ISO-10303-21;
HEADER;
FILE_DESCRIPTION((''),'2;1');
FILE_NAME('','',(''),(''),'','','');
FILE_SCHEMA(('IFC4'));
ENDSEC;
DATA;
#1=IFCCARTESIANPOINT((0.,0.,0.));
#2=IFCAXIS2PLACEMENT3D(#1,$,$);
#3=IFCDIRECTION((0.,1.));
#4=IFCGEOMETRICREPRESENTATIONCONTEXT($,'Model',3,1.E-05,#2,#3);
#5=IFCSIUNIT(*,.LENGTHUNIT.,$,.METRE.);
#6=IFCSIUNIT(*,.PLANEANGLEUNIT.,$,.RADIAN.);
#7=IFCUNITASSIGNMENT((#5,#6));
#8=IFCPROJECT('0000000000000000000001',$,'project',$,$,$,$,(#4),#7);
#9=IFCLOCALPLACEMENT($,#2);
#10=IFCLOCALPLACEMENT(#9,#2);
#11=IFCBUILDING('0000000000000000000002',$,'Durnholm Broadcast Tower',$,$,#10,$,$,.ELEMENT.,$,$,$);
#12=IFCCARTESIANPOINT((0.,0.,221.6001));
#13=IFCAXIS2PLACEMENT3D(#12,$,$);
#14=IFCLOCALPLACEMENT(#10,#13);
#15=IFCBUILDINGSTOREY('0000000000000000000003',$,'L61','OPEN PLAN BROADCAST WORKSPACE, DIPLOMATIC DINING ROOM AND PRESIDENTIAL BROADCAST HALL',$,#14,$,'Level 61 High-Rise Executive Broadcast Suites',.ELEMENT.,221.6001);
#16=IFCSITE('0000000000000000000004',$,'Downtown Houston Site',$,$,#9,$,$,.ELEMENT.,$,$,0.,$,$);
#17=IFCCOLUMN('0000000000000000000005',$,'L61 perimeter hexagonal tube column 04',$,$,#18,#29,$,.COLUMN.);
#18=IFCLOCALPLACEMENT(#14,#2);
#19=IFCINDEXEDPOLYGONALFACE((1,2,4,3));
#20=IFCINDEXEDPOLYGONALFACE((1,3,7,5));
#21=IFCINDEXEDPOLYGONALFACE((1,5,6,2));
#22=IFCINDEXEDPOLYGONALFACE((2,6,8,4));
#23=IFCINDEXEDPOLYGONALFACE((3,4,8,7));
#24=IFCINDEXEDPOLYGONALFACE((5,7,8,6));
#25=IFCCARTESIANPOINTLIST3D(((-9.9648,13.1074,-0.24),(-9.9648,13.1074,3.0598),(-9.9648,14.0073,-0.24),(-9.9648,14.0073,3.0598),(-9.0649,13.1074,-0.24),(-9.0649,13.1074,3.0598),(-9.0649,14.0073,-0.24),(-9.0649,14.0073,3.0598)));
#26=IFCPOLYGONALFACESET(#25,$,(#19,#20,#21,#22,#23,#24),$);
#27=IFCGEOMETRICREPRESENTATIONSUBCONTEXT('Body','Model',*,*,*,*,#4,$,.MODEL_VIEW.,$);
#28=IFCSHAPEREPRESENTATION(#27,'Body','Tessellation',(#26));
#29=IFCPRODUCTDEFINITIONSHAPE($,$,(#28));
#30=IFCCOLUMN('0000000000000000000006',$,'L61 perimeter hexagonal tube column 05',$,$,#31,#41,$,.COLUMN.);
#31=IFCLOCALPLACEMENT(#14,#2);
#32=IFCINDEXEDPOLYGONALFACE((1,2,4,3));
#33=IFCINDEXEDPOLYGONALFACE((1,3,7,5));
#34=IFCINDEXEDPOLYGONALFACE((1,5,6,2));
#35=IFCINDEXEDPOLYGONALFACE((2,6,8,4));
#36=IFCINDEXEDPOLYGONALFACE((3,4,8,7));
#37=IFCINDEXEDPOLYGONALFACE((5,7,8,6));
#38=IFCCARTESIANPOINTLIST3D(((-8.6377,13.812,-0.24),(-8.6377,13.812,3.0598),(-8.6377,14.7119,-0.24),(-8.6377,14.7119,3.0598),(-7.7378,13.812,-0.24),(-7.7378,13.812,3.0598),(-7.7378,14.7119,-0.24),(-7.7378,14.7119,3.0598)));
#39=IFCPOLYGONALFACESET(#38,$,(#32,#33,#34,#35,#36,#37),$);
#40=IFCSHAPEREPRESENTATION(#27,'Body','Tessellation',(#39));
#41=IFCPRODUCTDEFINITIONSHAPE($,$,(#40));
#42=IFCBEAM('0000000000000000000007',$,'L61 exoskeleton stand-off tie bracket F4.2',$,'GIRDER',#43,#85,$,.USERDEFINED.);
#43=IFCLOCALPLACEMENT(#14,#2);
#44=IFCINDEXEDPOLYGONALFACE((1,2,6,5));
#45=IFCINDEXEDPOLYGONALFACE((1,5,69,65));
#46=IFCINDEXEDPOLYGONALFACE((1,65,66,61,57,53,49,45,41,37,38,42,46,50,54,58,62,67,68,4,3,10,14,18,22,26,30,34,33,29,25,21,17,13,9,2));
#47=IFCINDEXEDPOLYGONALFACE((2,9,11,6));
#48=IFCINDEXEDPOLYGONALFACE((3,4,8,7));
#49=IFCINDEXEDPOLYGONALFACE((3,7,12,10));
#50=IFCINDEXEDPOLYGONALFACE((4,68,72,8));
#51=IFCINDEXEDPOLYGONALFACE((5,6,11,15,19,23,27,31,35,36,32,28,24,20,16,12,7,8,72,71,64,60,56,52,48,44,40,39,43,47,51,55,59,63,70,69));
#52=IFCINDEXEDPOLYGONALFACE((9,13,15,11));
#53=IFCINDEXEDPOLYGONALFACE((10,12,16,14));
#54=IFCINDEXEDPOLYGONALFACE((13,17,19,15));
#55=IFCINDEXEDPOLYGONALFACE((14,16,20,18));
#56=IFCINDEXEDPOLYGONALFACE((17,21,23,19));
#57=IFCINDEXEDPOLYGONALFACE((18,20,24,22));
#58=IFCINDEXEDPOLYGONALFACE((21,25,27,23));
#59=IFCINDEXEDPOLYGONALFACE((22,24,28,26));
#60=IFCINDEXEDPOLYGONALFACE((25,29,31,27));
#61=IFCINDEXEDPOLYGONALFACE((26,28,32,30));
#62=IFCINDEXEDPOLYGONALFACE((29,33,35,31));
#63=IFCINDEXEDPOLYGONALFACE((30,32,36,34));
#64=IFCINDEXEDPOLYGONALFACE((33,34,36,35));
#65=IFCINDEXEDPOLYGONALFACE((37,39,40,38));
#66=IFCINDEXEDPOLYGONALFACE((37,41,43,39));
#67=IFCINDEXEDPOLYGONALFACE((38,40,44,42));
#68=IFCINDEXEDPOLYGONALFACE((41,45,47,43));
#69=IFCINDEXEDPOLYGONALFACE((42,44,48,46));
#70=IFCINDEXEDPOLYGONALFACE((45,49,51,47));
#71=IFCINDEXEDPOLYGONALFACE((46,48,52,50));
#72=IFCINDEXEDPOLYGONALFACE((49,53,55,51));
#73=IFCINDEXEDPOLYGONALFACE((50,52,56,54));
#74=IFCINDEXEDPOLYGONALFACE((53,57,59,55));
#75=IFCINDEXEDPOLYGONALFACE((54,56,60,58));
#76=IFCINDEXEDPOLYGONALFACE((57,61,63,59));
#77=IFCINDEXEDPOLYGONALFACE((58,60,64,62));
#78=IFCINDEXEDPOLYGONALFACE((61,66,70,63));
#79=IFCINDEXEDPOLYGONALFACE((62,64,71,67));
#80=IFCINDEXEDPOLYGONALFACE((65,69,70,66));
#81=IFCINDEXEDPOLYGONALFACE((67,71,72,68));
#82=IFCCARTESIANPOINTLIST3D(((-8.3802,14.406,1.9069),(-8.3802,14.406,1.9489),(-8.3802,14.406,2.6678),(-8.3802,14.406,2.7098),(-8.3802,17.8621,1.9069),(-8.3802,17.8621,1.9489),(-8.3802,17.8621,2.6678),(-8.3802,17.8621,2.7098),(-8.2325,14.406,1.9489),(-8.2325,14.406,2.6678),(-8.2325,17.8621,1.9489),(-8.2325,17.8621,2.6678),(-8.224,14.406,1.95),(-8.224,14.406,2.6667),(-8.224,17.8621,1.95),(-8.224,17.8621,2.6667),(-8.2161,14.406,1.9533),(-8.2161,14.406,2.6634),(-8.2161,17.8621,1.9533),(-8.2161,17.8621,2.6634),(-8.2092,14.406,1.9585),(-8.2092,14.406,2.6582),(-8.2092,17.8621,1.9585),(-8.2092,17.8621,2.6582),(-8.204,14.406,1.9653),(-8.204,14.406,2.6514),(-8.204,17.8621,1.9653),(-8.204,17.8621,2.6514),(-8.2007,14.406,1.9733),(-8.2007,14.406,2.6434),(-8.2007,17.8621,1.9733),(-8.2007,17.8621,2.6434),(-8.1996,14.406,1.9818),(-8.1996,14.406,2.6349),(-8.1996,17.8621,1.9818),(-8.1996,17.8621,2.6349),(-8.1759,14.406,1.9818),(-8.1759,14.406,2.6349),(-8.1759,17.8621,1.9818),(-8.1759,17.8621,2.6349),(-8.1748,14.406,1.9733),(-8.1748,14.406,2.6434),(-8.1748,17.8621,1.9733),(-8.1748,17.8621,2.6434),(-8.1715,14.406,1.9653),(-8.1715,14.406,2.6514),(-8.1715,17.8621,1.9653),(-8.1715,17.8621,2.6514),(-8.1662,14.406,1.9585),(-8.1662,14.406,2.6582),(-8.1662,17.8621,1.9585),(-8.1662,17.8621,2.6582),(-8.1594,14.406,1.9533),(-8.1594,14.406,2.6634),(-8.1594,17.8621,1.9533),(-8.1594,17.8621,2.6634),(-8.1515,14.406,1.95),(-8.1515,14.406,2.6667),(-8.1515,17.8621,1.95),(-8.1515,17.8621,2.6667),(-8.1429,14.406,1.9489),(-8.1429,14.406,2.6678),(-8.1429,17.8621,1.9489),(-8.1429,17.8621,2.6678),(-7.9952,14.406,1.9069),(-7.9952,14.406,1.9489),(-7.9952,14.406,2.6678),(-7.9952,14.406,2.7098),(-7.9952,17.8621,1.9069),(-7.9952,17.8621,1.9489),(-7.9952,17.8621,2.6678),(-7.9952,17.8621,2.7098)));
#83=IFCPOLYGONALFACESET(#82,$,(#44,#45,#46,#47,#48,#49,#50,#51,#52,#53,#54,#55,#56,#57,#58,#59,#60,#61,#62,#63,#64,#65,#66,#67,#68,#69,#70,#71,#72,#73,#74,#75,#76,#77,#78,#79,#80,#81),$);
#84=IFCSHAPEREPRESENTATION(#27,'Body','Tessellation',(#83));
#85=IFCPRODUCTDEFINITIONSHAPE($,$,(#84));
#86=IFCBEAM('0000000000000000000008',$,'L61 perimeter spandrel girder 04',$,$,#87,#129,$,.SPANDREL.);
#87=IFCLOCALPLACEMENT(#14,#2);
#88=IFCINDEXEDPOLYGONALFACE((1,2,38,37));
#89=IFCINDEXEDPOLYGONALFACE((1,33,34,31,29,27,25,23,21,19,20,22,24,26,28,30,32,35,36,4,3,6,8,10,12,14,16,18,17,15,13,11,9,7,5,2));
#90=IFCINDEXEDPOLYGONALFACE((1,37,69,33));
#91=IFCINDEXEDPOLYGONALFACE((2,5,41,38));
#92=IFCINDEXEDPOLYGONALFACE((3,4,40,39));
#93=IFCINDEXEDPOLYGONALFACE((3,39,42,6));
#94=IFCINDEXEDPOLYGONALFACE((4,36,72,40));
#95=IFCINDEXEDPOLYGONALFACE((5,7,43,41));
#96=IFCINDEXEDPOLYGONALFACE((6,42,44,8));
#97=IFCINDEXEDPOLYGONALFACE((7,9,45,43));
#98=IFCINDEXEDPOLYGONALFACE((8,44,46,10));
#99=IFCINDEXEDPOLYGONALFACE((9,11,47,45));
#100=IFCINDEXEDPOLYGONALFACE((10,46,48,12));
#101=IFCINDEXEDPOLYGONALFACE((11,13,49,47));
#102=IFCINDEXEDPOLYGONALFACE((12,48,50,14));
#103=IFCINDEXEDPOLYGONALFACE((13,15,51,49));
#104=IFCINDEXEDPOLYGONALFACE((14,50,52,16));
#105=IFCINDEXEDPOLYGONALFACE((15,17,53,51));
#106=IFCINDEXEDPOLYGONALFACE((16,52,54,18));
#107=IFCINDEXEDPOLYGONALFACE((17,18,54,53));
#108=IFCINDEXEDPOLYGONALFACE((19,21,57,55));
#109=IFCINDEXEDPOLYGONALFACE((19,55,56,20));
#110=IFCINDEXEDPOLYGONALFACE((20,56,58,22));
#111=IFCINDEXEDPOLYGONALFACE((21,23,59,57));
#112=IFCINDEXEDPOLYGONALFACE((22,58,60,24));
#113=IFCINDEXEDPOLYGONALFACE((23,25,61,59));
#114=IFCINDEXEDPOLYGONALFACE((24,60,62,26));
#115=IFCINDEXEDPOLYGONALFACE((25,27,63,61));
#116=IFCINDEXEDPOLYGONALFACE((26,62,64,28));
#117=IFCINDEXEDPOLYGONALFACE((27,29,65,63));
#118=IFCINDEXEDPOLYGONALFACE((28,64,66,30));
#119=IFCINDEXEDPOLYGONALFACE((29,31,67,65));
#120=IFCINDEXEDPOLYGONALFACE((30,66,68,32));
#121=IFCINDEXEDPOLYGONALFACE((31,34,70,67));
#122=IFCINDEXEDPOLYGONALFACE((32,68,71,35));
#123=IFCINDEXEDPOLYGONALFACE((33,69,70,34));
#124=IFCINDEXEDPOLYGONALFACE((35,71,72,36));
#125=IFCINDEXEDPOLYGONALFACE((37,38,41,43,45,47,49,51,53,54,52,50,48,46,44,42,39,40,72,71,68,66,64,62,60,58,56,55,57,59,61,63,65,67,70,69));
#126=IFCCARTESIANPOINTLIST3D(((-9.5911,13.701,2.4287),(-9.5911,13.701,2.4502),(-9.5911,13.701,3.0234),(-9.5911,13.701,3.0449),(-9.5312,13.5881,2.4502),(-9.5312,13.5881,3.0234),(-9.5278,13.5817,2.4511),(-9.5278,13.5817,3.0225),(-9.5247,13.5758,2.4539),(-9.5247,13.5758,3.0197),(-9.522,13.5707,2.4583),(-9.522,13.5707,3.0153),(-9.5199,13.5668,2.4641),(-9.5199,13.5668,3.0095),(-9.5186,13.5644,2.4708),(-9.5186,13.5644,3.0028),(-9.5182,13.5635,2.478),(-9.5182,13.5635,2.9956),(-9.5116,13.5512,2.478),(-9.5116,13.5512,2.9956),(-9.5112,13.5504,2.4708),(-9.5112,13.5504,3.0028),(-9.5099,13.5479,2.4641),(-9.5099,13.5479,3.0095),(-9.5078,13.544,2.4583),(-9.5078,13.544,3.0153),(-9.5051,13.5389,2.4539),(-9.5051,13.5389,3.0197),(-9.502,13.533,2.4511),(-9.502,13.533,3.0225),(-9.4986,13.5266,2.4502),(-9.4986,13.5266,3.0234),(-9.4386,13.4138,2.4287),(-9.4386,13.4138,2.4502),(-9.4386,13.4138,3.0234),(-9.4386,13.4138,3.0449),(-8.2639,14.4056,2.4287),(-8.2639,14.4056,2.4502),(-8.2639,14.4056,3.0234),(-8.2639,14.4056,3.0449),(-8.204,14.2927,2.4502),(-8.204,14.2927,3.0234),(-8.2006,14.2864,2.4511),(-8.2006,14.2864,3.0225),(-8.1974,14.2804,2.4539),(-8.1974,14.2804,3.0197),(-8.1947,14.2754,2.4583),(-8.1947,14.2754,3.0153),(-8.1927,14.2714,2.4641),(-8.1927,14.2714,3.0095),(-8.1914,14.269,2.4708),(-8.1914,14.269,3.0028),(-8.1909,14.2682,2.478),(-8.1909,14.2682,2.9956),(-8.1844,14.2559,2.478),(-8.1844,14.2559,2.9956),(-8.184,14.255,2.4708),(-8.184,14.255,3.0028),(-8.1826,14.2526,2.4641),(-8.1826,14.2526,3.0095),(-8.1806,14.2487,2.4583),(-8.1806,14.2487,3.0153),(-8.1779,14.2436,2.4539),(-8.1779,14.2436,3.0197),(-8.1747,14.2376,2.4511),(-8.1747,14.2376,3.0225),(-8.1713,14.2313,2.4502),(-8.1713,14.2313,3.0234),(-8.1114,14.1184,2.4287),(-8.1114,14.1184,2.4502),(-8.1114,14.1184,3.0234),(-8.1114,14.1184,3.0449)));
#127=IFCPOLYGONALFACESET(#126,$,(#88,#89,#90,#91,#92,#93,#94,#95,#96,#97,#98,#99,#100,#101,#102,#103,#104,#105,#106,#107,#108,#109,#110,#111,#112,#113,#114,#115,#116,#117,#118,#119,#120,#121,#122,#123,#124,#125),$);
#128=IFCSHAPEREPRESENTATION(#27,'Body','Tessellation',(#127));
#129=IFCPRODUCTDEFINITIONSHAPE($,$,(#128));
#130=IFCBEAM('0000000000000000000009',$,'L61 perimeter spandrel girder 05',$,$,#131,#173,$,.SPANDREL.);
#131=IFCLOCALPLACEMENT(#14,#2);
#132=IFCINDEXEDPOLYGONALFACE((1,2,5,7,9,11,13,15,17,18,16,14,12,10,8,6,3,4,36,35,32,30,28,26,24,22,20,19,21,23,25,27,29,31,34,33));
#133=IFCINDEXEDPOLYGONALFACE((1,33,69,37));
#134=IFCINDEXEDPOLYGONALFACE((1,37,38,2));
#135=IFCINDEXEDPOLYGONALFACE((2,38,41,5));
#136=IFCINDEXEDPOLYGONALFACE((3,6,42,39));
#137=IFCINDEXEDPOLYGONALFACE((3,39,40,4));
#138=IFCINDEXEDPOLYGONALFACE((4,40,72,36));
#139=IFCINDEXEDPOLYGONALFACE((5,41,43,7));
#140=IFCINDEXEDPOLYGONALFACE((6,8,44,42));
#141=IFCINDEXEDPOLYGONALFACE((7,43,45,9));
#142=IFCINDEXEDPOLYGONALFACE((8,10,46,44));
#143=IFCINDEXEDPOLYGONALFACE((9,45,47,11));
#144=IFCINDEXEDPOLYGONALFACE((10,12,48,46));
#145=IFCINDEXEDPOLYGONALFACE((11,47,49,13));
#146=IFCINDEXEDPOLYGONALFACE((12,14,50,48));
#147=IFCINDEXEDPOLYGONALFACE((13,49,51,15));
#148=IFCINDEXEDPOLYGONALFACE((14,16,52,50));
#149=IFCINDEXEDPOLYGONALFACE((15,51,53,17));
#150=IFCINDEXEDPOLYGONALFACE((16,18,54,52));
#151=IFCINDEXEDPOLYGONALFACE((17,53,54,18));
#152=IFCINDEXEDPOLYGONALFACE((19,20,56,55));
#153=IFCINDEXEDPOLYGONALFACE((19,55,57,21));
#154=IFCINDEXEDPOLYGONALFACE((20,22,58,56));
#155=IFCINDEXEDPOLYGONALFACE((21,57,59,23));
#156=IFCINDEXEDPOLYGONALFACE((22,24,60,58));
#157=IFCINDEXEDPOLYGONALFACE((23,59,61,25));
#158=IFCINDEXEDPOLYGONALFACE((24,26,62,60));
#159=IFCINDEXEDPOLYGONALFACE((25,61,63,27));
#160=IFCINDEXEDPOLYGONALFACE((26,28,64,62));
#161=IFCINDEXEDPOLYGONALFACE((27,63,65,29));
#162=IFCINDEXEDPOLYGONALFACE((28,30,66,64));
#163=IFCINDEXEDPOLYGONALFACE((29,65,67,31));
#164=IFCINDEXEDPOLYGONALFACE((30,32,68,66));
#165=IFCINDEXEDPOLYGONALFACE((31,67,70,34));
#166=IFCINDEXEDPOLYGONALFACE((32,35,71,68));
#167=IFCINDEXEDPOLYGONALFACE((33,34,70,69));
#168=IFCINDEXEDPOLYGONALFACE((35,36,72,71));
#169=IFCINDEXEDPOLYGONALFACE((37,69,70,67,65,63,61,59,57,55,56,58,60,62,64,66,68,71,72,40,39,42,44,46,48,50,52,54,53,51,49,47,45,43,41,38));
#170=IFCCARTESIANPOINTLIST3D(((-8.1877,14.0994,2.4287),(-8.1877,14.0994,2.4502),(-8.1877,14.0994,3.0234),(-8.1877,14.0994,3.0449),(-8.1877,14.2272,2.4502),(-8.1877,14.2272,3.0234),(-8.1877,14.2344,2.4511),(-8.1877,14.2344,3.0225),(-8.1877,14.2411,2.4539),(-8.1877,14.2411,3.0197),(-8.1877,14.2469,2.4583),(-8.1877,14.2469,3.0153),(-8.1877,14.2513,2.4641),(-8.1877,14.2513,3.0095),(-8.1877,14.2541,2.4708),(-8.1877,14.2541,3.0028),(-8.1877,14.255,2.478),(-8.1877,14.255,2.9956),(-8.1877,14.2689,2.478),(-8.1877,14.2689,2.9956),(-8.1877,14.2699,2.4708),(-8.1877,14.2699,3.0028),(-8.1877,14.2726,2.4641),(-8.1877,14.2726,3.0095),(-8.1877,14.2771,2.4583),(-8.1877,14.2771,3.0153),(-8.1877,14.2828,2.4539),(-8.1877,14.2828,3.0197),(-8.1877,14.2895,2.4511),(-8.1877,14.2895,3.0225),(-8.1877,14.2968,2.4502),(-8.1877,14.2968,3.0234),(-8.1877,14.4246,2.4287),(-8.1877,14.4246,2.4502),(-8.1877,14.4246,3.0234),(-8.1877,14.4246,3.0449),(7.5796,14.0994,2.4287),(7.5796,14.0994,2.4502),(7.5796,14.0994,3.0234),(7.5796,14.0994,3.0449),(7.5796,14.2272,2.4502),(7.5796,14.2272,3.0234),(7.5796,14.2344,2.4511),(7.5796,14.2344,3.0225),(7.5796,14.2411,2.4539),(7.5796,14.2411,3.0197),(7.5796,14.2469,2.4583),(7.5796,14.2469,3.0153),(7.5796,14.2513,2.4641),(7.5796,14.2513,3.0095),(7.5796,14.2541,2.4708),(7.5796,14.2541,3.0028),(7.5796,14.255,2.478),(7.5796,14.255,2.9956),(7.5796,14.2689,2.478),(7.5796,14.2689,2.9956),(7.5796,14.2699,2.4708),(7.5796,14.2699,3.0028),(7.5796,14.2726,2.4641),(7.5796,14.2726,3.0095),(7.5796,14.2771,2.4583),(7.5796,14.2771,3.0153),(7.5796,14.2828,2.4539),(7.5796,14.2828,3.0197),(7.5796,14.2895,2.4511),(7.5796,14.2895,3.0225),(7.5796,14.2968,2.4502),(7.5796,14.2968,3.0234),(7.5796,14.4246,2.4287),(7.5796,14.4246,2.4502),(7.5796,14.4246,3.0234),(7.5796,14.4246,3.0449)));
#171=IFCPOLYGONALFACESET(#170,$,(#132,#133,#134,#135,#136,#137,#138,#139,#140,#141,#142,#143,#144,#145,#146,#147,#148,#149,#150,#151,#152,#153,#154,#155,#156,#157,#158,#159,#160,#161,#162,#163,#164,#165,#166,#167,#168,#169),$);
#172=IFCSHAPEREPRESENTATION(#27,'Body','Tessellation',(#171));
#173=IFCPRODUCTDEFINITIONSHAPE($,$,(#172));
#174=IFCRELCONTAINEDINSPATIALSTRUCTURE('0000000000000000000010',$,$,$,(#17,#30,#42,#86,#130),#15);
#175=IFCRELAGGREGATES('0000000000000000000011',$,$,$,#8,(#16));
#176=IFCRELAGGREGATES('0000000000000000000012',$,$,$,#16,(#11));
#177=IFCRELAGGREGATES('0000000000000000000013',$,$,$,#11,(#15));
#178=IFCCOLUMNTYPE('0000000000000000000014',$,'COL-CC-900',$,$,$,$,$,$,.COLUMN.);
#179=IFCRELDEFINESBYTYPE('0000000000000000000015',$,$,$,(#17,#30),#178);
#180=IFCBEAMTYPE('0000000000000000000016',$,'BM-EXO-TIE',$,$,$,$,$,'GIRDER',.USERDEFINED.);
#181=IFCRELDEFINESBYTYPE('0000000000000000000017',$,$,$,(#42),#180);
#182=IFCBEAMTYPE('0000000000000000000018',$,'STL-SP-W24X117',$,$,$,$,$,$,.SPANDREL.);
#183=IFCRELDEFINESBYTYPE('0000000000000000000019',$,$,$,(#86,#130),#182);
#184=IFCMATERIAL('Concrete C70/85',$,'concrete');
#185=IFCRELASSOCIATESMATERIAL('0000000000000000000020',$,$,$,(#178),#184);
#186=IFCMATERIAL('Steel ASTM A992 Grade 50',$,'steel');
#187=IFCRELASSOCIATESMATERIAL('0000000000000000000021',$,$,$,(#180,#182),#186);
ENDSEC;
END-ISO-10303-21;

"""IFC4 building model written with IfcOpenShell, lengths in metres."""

from ifc_helpers import new_model, si_unit, direction, frame, origin, origin_2d, place, context, subcontext, project, spatial, rectangle, i_section, extrude, source, transform, mapped, material, material_profile, profile_set, type_object, type_shapes, element, save


model = new_model("IFC4")

# Units and contexts
model_context = context("Model", 3, precision=1e-05, world=origin(), true_north=direction((0.0, 1.0)))
body_context = subcontext(model_context, "Body", "Model", "MODEL_VIEW")
ifc_project = project(units=[si_unit("LENGTHUNIT", "METRE"), si_unit("PLANEANGLEUNIT", "RADIAN")], contexts=[model_context])

# Site, building, storey
site_placement = place(None, origin())
site = spatial("IfcSite", under=ifc_project, at=site_placement, Name="Downtown Houston Site", CompositionType="ELEMENT", RefElevation=0.0)
building_placement = place(site_placement, origin())
building = spatial("IfcBuilding", under=site, at=building_placement, Name="Durnholm Broadcast Tower", CompositionType="ELEMENT")
storey_placement = place(building_placement, frame((0.0, 0.0, 221.6001)))
storey = spatial("IfcBuildingStorey", under=building, at=storey_placement, Name="L61", Description="OPEN PLAN BROADCAST WORKSPACE, DIPLOMATIC DINING ROOM AND PRESIDENTIAL BROADCAST HALL", LongName="Level 61 High-Rise Executive Broadcast Suites", CompositionType="ELEMENT", Elevation=221.6001)

# Columns
ifc_material_1 = material(Name="Concrete C70/85", Category="concrete")
ifc_material_profile_1 = material_profile(ifc_material_1, rectangle(XDim=0.8999, YDim=0.8999, at=origin_2d()), Name="RC900X900")
ifc_profile_set_1 = profile_set([ifc_material_profile_1], Name="Concrete C70/85")
column_type = type_object("IfcColumnType", Name="COL-CC-900", PredefinedType="COLUMN", material=ifc_profile_set_1)
shared_shape_1 = source(origin(), body_context, "Body", "SweptSolid", [
    extrude(rectangle(XDim=0.8999, YDim=0.8999, at=origin_2d()), origin(), (0.0, 0.0, 1.0), 3.2998),
])
type_shapes(column_type, [shared_shape_1])
for number, where, z_axis, x_axis, name in (
    (1, (-9.5149, 13.5574, -0.24), (0.0, 0.0, 1.0), (1.0, 0.0, 0.0), "L61 perimeter hexagonal tube column 04"),
    (2, (-8.1877, 14.262, -0.24), (0.0, 0.0, 1.0), (1.0, 0.0, 0.0), "L61 perimeter hexagonal tube column 05"),
):
    element("IfcColumn", number, at=place(storey_placement, frame(where, z_axis=z_axis, x_axis=x_axis)), inside=storey, type_object=column_type, Name=name, PredefinedType="COLUMN", context=body_context, shape_type="MappedRepresentation", body=[
        mapped(shared_shape_1, transform((0.0, 0.0, 0.0), x_axis=(1.0, 0.0, 0.0), y_axis=(0.0, 1.0, 0.0), z_axis=(0.0, 0.0, 1.0), scale=1.0)),
    ])

# Beams
ifc_material_2 = material(Name="Steel ASTM A992 Grade 50", Category="steel")
ifc_material_profile_2 = material_profile(ifc_material_2, i_section(OverallWidth=0.385, OverallDepth=0.803, WebThickness=0.0237, FlangeThickness=0.042, FilletRadius=0.033, at=origin_2d()), Name="W30X261")
ifc_profile_set_2 = profile_set([ifc_material_profile_2], Name="Steel ASTM A992 Grade 50")
beam_type_1 = type_object("IfcBeamType", Name="BM-EXO-TIE", ElementType="GIRDER", PredefinedType="USERDEFINED", material=ifc_profile_set_2)
shared_shape_2 = source(origin(), body_context, "Body", "SweptSolid", [
    extrude(i_section(OverallWidth=0.385, OverallDepth=0.803, WebThickness=0.0237, FlangeThickness=0.042, FilletRadius=0.033, at=origin_2d()), origin(), (0.0, 0.0, 1.0), 3.4561),
])
type_shapes(beam_type_1, [shared_shape_2])
beam_1_placement = place(storey_placement, frame((-8.1877, 14.406, 2.3083), z_axis=(0.0, 1.0, 0.0), x_axis=(-1.0, 0.0, 0.0)))
element("IfcBeam", 3, at=beam_1_placement, inside=storey, type_object=beam_type_1, Name="L61 exoskeleton stand-off tie bracket F4.2", ObjectType="GIRDER", PredefinedType="USERDEFINED", context=body_context, shape_type="MappedRepresentation", body=[
    mapped(shared_shape_2, transform((0.0, 0.0, 0.0), x_axis=(1.0, 0.0, 0.0), y_axis=(0.0, 1.0, 0.0), z_axis=(0.0, 0.0, 1.0), scale=1.0)),
])
ifc_material_profile_3 = material_profile(ifc_material_2, i_section(OverallWidth=0.3252, OverallDepth=0.6162, WebThickness=0.0139, FlangeThickness=0.0215, FilletRadius=0.0278, at=origin_2d()), Name="W24X117")
ifc_profile_set_3 = profile_set([ifc_material_profile_3], Name="Steel ASTM A992 Grade 50")
beam_type_2 = type_object("IfcBeamType", Name="STL-SP-W24X117", PredefinedType="SPANDREL", material=ifc_profile_set_3)
shared_shape_3 = source(origin(), body_context, "Body", "SweptSolid", [
    extrude(i_section(OverallWidth=0.3252, OverallDepth=0.6162, WebThickness=0.0139, FlangeThickness=0.0215, FilletRadius=0.0278, at=origin_2d()), origin(), (0.0, 0.0, 1.0), 1.5027),
])
beam_2_placement = place(storey_placement, frame((-9.5149, 13.5574, 2.7368), z_axis=(0.883242, 0.468918, 0.0), x_axis=(-0.468918, 0.883242, 0.0)))
element("IfcBeam", 4, at=beam_2_placement, inside=storey, type_object=beam_type_2, Name="L61 perimeter spandrel girder 04", PredefinedType="SPANDREL", context=body_context, shape_type="MappedRepresentation", body=[
    mapped(shared_shape_3, transform((0.0, 0.0, 0.0), x_axis=(1.0, 0.0, 0.0), y_axis=(0.0, 1.0, 0.0), z_axis=(0.0, 0.0, 1.0), scale=1.0)),
])
shared_shape_4 = source(origin(), body_context, "Body", "SweptSolid", [
    extrude(i_section(OverallWidth=0.3252, OverallDepth=0.6162, WebThickness=0.0139, FlangeThickness=0.0215, FilletRadius=0.0278, at=origin_2d()), origin(), (0.0, 0.0, 1.0), 15.7673),
])
type_shapes(beam_type_2, [shared_shape_3, shared_shape_4])
beam_3_placement = place(storey_placement, frame((-8.1877, 14.262, 2.7368), z_axis=(1.0, 0.0, 0.0), x_axis=(0.0, 1.0, 0.0)))
element("IfcBeam", 5, at=beam_3_placement, inside=storey, type_object=beam_type_2, Name="L61 perimeter spandrel girder 05", PredefinedType="SPANDREL", context=body_context, shape_type="MappedRepresentation", body=[
    mapped(shared_shape_4, transform((0.0, 0.0, 0.0), x_axis=(1.0, 0.0, 0.0), y_axis=(0.0, 1.0, 0.0), z_axis=(0.0, 0.0, 1.0), scale=1.0)),
])

save(model, "model.ifc")
